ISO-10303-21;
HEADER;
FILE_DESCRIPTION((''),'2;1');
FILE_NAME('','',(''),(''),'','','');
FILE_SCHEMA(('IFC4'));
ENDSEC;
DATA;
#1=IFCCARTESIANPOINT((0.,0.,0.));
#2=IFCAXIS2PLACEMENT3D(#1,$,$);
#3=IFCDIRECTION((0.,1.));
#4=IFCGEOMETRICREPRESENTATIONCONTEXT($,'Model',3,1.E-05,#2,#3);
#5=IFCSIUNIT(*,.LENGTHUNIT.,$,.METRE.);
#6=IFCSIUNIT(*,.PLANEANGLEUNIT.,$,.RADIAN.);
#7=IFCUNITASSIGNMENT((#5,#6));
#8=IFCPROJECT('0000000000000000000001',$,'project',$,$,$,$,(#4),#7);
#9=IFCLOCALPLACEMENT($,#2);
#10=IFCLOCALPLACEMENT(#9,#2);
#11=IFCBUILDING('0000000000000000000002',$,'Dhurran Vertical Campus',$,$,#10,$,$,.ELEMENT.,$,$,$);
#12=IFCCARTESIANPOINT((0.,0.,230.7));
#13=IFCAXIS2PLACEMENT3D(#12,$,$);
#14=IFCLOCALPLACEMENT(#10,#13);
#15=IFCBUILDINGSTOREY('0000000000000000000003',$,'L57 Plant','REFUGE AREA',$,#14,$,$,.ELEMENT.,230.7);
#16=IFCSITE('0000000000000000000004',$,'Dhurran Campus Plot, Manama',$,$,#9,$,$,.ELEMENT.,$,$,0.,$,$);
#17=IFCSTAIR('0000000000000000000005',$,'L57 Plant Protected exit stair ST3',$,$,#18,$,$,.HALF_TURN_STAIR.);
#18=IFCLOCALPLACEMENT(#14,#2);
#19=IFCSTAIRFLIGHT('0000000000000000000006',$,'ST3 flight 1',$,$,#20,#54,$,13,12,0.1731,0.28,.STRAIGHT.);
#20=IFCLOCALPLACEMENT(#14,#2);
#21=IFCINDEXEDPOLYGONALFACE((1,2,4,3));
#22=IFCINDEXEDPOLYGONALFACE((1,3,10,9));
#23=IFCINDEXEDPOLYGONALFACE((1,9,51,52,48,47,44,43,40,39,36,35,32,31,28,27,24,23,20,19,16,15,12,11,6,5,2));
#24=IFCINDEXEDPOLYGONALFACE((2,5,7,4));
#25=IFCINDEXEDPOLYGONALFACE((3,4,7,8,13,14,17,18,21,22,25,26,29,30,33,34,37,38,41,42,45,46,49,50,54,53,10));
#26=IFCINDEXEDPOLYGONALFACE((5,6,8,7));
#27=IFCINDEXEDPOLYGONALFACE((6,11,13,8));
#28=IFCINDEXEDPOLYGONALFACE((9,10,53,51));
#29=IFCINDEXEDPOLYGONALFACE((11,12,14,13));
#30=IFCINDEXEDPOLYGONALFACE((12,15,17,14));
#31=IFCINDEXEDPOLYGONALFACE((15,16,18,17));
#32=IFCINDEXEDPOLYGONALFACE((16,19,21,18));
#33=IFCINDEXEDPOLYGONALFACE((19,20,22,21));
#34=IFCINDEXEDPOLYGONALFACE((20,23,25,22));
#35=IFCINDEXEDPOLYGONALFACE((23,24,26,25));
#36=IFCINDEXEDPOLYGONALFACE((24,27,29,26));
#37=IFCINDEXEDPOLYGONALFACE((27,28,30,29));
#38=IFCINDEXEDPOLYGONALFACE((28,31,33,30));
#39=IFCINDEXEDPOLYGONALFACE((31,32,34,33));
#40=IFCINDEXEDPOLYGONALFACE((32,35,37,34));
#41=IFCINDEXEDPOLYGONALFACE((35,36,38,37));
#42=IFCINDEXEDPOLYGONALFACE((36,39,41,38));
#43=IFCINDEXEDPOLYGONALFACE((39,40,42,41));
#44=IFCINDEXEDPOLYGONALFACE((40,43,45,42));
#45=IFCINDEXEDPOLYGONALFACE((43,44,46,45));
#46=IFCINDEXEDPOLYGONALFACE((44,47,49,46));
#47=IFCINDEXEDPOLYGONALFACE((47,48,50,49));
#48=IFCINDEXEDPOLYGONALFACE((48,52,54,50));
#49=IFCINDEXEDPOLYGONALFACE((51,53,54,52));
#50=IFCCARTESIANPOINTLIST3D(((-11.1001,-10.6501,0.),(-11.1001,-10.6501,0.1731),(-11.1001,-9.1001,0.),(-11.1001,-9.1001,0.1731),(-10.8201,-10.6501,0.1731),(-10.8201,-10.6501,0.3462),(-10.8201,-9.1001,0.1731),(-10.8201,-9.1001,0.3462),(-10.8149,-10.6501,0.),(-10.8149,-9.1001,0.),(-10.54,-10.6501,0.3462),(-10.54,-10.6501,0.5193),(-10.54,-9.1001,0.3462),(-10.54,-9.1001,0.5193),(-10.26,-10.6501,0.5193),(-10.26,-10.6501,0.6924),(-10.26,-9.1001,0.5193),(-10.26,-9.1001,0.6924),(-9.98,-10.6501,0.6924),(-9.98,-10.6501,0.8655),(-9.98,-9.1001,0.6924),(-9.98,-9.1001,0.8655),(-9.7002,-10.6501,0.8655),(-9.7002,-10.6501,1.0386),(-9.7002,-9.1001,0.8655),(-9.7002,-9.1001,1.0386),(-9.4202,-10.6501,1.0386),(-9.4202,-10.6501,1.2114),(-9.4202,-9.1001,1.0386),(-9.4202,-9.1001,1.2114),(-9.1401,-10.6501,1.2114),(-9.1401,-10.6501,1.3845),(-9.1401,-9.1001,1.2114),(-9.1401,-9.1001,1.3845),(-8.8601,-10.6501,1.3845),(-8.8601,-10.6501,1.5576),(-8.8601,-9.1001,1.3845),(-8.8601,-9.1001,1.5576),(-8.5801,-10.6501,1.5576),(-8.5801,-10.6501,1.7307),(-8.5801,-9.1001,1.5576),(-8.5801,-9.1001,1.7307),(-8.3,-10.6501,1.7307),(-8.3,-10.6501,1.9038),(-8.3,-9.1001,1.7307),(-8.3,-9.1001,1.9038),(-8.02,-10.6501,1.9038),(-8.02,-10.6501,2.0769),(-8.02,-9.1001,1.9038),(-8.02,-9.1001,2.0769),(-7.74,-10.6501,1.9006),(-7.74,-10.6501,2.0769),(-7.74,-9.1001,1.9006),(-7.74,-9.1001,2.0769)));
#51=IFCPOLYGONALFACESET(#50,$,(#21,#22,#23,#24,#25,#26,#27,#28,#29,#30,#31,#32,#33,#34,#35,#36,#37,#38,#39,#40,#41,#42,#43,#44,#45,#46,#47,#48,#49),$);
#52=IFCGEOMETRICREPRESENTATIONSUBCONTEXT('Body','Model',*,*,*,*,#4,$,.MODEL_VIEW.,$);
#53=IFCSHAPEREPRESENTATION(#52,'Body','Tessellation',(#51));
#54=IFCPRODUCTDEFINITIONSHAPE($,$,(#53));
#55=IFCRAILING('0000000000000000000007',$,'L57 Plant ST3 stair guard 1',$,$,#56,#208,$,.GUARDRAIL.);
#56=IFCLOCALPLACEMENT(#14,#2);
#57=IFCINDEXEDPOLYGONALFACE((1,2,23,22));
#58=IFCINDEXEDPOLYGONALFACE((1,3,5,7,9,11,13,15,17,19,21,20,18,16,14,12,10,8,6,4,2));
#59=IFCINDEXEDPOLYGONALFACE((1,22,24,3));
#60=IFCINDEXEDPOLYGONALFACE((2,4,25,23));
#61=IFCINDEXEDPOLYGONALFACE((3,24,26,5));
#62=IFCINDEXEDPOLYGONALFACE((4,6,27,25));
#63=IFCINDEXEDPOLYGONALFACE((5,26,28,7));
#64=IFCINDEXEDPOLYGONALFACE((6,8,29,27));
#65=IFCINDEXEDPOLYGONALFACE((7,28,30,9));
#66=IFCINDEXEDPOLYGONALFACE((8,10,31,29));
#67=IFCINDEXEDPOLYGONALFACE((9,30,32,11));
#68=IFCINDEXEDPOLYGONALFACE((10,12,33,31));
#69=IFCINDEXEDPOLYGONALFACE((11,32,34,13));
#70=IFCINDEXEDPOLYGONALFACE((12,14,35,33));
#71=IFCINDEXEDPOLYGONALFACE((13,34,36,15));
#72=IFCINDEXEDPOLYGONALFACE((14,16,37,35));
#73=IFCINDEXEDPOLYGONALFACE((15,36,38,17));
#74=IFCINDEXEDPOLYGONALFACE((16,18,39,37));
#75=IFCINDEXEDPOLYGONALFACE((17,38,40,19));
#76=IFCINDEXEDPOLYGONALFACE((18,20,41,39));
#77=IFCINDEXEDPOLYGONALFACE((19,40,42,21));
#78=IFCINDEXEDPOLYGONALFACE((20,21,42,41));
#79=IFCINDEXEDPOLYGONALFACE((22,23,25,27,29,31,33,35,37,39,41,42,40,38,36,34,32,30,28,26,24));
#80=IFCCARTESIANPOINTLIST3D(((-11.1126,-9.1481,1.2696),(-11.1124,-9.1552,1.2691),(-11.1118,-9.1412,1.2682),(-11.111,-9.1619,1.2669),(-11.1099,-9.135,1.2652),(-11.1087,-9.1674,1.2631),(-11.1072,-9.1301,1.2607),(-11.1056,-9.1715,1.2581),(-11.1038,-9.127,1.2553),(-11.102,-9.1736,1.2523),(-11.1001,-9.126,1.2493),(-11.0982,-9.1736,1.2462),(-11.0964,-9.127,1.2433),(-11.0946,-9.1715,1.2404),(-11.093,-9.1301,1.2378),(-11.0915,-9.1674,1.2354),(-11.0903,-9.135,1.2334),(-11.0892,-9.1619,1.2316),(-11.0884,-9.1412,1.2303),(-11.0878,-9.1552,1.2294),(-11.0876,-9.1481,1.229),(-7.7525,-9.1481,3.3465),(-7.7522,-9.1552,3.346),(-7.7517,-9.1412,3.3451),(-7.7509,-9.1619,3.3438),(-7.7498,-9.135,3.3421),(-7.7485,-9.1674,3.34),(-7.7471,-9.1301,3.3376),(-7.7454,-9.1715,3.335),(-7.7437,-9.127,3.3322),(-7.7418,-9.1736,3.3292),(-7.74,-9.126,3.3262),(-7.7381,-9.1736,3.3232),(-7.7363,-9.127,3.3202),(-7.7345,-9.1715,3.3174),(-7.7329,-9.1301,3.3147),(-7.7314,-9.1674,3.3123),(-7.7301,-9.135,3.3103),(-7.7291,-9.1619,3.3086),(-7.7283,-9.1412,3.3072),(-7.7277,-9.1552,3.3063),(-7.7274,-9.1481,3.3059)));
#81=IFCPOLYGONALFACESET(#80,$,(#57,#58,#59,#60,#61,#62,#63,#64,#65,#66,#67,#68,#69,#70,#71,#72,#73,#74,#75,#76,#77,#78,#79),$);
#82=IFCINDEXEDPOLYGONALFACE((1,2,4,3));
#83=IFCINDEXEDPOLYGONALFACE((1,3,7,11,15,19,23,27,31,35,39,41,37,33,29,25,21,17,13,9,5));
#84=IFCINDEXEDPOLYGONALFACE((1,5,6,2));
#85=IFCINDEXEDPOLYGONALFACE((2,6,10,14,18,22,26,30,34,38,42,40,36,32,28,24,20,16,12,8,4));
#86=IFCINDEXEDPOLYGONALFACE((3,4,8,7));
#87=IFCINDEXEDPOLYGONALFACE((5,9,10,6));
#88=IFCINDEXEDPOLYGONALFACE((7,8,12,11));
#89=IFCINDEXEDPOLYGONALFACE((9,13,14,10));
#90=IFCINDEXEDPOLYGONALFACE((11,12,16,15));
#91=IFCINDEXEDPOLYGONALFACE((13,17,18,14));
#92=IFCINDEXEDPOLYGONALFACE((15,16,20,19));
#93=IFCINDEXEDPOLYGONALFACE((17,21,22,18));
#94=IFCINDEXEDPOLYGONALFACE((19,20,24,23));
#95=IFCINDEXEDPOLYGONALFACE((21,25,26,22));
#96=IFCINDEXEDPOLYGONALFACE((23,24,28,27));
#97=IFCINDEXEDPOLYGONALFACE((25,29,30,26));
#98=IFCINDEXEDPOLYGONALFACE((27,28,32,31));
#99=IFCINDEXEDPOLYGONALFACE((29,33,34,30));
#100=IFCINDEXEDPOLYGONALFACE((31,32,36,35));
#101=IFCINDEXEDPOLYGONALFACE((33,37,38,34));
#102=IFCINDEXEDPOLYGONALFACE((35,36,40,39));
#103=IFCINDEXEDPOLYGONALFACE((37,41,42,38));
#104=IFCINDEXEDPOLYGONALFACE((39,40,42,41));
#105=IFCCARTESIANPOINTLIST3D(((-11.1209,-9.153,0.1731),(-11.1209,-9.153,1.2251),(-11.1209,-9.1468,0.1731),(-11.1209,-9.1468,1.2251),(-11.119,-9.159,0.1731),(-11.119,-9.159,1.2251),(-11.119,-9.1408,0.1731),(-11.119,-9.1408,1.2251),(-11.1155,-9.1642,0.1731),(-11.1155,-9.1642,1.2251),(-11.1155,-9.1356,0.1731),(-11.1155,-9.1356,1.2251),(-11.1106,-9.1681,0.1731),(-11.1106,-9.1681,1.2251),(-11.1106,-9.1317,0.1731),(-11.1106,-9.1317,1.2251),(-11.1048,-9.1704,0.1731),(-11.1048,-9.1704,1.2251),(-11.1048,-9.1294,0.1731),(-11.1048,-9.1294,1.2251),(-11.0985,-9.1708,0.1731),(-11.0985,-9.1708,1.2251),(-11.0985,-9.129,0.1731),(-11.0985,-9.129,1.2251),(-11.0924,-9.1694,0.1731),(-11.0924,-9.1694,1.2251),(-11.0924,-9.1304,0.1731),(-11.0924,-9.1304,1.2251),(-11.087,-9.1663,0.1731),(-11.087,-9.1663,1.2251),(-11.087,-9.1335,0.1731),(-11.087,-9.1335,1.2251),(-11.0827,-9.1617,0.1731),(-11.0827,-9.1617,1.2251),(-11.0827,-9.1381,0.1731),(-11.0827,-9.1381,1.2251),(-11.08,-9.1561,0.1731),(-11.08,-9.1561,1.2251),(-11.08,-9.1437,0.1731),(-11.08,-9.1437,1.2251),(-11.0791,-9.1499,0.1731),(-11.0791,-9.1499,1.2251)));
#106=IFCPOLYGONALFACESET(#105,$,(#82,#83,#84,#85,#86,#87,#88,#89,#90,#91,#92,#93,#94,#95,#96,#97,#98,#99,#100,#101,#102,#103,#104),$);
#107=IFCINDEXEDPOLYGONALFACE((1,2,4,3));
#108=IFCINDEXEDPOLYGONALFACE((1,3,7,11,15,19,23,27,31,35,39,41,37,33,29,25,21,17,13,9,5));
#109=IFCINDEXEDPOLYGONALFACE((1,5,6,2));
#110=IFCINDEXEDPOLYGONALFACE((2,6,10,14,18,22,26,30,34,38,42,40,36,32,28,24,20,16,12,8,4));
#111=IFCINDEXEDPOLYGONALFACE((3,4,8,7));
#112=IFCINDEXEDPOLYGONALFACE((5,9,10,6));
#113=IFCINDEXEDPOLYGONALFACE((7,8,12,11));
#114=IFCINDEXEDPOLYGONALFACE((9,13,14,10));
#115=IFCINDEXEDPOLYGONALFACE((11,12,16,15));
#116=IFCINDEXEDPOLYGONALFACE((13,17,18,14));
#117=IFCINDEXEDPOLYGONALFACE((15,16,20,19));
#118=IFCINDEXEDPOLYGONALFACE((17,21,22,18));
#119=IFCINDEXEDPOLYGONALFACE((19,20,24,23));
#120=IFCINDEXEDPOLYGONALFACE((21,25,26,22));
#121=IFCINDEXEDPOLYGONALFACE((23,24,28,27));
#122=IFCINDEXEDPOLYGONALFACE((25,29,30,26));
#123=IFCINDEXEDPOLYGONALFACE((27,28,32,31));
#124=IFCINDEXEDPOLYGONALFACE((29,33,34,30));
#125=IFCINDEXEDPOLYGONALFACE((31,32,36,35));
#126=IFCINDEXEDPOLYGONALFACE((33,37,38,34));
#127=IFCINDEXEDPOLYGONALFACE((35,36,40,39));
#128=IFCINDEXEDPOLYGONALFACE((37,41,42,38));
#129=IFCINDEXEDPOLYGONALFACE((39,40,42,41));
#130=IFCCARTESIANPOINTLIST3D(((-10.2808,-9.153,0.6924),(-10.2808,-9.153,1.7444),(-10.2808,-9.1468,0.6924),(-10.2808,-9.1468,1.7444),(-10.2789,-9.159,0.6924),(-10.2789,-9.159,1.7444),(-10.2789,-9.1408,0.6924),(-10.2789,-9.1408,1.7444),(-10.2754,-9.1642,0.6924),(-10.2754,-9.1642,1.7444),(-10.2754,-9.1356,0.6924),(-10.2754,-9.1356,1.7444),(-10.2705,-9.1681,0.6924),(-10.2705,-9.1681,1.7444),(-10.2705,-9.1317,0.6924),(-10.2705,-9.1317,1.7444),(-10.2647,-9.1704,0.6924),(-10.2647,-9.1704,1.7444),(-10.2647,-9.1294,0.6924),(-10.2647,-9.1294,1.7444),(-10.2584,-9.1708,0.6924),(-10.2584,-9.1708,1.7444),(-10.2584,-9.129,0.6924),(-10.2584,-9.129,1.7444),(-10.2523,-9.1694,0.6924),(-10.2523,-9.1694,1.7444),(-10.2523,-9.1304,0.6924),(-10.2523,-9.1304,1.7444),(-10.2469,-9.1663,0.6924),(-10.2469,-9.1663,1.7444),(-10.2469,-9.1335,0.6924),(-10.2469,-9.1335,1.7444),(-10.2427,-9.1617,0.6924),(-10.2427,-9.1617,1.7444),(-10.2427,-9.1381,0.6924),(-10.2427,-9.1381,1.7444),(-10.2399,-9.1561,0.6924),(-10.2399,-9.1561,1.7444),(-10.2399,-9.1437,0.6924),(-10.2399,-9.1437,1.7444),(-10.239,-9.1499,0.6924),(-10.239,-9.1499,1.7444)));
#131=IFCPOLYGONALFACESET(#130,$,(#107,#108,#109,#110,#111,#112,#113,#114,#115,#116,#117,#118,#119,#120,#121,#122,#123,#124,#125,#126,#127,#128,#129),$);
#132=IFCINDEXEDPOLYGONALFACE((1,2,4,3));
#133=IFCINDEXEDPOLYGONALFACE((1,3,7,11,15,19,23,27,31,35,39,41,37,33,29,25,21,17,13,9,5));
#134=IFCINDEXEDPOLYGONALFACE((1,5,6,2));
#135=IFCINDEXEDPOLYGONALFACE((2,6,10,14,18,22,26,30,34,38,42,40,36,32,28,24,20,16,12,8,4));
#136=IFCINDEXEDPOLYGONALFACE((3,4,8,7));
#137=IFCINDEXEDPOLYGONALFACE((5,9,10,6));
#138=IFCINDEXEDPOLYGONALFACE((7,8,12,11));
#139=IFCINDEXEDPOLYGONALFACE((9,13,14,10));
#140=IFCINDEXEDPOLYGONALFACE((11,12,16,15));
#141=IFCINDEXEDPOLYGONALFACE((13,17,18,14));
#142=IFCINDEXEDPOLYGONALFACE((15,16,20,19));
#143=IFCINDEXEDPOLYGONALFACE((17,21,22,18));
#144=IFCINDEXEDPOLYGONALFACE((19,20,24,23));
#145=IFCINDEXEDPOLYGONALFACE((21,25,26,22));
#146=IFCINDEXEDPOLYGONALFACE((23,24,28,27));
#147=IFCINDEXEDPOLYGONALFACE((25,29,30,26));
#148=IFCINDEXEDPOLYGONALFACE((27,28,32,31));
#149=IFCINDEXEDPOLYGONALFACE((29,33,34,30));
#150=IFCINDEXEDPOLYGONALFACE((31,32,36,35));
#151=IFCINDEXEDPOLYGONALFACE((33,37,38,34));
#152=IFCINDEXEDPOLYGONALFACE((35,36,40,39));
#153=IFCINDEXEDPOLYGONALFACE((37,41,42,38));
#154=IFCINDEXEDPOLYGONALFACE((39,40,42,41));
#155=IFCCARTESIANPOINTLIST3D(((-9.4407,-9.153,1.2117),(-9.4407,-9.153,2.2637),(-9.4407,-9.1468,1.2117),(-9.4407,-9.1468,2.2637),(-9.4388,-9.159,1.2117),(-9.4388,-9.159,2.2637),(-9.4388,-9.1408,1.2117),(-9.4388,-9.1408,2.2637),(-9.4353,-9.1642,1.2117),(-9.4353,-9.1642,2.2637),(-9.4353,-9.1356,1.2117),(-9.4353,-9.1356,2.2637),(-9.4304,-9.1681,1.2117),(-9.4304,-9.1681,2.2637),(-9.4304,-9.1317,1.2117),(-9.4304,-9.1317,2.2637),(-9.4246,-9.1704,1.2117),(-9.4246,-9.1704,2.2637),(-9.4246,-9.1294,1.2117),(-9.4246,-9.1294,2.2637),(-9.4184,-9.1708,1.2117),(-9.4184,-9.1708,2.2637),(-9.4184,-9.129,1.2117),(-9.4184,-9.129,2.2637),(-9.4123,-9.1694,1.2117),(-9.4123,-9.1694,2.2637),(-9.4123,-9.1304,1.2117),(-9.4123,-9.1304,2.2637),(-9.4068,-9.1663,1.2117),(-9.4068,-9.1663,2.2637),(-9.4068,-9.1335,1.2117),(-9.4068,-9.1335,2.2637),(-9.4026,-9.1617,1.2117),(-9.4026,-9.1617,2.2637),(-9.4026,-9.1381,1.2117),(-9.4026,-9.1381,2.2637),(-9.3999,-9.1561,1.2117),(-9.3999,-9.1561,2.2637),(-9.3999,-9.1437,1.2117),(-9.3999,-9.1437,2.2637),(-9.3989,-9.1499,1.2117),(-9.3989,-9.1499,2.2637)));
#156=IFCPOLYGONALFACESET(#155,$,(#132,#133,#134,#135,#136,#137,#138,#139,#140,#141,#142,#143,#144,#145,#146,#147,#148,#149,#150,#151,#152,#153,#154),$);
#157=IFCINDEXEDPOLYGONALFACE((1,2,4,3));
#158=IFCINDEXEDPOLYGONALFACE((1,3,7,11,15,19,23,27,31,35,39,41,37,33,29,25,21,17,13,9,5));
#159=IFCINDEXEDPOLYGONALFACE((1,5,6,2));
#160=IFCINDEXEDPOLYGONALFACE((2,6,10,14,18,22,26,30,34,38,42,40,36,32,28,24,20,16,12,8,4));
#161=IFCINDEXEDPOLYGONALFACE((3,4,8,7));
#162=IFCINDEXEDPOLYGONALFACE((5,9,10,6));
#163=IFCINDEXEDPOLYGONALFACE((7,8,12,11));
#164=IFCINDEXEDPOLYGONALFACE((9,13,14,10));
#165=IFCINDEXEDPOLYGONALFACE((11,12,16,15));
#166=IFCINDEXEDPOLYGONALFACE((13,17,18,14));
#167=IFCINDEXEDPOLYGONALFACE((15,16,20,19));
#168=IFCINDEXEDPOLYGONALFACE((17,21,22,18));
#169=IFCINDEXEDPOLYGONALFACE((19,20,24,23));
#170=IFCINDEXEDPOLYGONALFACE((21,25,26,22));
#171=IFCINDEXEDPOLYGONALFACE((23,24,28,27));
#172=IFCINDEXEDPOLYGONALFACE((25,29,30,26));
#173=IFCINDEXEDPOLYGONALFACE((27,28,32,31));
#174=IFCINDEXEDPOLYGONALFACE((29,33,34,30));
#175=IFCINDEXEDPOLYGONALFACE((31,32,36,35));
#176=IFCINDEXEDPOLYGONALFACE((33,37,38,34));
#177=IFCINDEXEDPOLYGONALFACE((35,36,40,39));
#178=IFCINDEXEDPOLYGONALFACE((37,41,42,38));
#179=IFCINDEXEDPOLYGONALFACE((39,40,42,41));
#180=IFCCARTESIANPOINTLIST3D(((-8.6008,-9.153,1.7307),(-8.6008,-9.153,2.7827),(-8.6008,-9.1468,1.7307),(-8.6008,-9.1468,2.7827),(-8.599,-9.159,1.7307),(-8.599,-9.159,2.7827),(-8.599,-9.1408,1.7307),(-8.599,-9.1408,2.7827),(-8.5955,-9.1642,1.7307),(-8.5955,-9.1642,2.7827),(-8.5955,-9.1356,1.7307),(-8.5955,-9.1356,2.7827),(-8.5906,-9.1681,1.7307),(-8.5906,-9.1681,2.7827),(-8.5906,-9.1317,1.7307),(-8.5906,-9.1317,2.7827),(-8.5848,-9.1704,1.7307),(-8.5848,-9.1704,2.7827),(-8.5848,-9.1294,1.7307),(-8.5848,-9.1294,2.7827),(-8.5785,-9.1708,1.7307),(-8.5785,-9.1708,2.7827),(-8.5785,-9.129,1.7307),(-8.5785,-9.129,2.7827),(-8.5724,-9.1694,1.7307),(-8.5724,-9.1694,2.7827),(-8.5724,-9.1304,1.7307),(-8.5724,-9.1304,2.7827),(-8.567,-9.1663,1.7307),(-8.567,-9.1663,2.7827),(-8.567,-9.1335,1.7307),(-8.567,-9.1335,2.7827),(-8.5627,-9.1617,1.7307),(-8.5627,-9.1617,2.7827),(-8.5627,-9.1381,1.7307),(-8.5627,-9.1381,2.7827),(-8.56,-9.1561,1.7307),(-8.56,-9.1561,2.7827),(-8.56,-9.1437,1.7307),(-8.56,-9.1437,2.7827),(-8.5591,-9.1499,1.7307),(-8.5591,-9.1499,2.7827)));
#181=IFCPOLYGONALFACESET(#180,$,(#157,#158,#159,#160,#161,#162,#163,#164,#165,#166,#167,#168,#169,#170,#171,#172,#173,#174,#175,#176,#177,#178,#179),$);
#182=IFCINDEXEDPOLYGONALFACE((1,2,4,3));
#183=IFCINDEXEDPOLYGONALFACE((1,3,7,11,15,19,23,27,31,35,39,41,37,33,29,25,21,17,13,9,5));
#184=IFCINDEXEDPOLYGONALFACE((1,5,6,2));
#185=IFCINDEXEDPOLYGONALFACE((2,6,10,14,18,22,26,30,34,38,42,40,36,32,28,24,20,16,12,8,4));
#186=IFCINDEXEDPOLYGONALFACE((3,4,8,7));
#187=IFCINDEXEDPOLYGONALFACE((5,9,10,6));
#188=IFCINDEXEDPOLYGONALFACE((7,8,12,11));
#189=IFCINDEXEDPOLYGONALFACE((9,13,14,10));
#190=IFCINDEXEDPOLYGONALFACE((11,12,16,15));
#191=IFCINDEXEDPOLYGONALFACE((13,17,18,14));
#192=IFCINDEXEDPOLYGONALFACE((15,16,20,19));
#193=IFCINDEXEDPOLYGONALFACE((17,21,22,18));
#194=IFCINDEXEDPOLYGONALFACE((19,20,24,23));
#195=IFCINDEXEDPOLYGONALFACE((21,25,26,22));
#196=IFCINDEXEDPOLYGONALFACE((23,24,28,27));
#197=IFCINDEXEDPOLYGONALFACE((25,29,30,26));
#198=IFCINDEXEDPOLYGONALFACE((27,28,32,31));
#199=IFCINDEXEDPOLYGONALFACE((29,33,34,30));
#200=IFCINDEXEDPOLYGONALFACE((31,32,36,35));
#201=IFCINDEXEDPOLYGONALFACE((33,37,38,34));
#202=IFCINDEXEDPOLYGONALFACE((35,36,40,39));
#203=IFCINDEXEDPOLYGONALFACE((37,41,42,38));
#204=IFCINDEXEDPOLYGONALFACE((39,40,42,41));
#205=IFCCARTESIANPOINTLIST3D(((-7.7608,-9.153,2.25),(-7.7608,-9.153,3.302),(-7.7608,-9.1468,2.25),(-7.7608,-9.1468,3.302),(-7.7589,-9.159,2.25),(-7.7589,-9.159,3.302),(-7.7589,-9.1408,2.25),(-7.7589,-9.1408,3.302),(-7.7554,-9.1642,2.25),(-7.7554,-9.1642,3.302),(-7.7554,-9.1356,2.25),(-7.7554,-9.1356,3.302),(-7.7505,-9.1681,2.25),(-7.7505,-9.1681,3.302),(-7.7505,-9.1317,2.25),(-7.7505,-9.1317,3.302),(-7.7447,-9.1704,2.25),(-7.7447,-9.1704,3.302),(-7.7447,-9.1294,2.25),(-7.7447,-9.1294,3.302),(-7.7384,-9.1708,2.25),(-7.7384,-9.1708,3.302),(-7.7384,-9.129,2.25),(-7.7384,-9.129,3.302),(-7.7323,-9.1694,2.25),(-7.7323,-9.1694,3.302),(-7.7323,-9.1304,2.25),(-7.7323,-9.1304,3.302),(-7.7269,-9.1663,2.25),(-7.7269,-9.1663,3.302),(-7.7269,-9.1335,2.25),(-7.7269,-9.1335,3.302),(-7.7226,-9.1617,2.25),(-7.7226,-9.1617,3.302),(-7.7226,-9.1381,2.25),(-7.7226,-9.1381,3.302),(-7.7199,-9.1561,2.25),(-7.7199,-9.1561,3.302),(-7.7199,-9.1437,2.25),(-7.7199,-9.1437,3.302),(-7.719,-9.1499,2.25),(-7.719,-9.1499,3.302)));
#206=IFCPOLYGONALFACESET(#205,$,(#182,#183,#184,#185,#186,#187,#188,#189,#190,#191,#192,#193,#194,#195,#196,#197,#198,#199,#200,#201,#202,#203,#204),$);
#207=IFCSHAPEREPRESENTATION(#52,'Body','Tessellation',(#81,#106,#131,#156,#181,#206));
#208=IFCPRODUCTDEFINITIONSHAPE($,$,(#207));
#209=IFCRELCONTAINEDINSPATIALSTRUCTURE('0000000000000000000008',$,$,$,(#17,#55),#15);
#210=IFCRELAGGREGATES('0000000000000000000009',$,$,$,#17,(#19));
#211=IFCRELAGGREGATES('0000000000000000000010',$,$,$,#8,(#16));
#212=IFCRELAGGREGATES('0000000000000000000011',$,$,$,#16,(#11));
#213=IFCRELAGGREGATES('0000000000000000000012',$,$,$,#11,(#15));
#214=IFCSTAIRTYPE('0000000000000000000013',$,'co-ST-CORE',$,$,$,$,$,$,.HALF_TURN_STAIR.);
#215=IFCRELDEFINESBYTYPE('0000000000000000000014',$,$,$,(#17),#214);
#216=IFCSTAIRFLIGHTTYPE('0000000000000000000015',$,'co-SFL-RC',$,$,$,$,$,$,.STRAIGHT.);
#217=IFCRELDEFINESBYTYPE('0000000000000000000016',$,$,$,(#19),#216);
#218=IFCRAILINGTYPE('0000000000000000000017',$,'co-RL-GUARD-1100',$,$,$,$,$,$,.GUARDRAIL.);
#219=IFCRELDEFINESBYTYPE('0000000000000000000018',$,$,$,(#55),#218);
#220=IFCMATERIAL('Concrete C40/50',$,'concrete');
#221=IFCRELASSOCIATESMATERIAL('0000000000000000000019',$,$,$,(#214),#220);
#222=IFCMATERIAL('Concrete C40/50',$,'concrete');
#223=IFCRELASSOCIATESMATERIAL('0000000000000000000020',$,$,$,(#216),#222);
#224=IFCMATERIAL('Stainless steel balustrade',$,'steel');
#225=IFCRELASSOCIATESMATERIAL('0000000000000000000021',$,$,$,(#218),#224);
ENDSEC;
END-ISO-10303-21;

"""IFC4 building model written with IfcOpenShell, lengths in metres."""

from ifc_helpers import new_model, si_unit, direction, frame, origin, origin_2d, place, context, subcontext, project, spatial, polyline, circle, outline, extrude, material, type_object, element, aggregate, save


model = new_model("IFC4")

# Units and contexts
model_context = context("Model", 3, precision=1e-05, world=origin(), true_north=direction((0.0, 1.0)))
body_context = subcontext(model_context, "Body", "Model", "MODEL_VIEW")
ifc_project = project(units=[si_unit("LENGTHUNIT", "METRE"), si_unit("PLANEANGLEUNIT", "RADIAN")], contexts=[model_context])

# Site, building, storey
site_placement = place(None, origin())
site = spatial("IfcSite", under=ifc_project, at=site_placement, Name="Dhurran Campus Plot, Manama", CompositionType="ELEMENT", RefElevation=0.0)
building_placement = place(site_placement, origin())
building = spatial("IfcBuilding", under=site, at=building_placement, Name="Dhurran Vertical Campus", CompositionType="ELEMENT")
storey_placement = place(building_placement, frame((0.0, 0.0, 230.7)))
storey = spatial("IfcBuildingStorey", under=building, at=storey_placement, Name="L57 Plant", Description="REFUGE AREA", CompositionType="ELEMENT", Elevation=230.7)

# Stair, stair flight
ifc_material_1 = material(Name="Concrete C40/50", Category="concrete")
stair_type = type_object("IfcStairType", Name="co-ST-CORE", PredefinedType="HALF_TURN_STAIR", material=ifc_material_1)
stair_placement = place(storey_placement, origin())
stair = element("IfcStair", 1, at=stair_placement, inside=storey, type_object=stair_type, Name="L57 Plant Protected exit stair ST3", PredefinedType="HALF_TURN_STAIR")
ifc_material_2 = material(Name="Concrete C40/50", Category="concrete")
stair_flight_type = type_object("IfcStairFlightType", Name="co-SFL-RC", PredefinedType="STRAIGHT", material=ifc_material_2)
stair_flight_placement = place(storey_placement, frame((-11.1001, -9.875, 0.0), z_axis=(0.0, 0.0, 1.0), x_axis=(1.0, 0.0, 0.0)))
stair_flight = element("IfcStairFlight", 2, at=stair_flight_placement, type_object=stair_flight_type, Name="ST3 flight 1", NumberOfRisers=13, NumberOfTreads=12, PredefinedType="STRAIGHT", RiserHeight=0.1731, TreadLength=0.28, context=body_context, shape_type="SweptSolid", body=[
    extrude(outline(polyline([(0.0, 0.0), (0.0, 0.1731), (0.28, 0.1731), (0.28, 0.3462), (0.5601, 0.3462), (0.5601, 0.5193), (0.8401, 0.5193), (0.8401, 0.6924), (1.1201, 0.6924), (1.1201, 0.8655), (1.3999, 0.8655), (1.3999, 1.0386), (1.6799, 1.0386), (1.6799, 1.2114), (1.96, 1.2114), (1.96, 1.3845), (2.24, 1.3845), (2.24, 1.5576), (2.52, 1.5576), (2.52, 1.7307), (2.8, 1.7307), (2.8, 1.9038), (3.0801, 1.9038), (3.0801, 2.0769), (3.3601, 2.0769), (3.3601, 2.25), (3.3601, 1.9006), (0.2852, 0.0), (0.0, 0.0)])), frame((0.0, 0.7749, 0.0), z_axis=(0.0, -1.0, 0.0), x_axis=(1.0, 0.0, 0.0)), (0.0, 0.0, 1.0), 1.55),
])
aggregate(stair, [stair_flight])

# Railing
ifc_material_3 = material(Name="Stainless steel balustrade", Category="steel")
railing_type = type_object("IfcRailingType", Name="co-RL-GUARD-1100", PredefinedType="GUARDRAIL", material=ifc_material_3)
railing_1_placement = place(storey_placement, frame((-11.1001, -9.1499, 0.1731)))
element("IfcRailing", 3, at=railing_1_placement, inside=storey, type_object=railing_type, Name="L57 Plant ST3 stair guard 1", PredefinedType="GUARDRAIL", context=body_context, shape_type="SweptSolid", body=[
    extrude(circle(Radius=0.0239, at=origin_2d()), frame((0.0, 0.0, 1.0762), z_axis=(0.850623, 0.0, 0.525776), x_axis=(0.0, 1.0, 0.0)), (0.0, 0.0, 1.0), 3.9502),
    extrude(circle(Radius=0.021, at=origin_2d()), origin(), (0.0, 0.0, 1.0), 1.052),
    extrude(circle(Radius=0.021, at=origin_2d()), frame((0.8401, 0.0, 0.5193)), (0.0, 0.0, 1.0), 1.052),
    extrude(circle(Radius=0.021, at=origin_2d()), frame((1.6802, 0.0, 1.0386)), (0.0, 0.0, 1.0), 1.052),
    extrude(circle(Radius=0.021, at=origin_2d()), frame((2.52, 0.0, 1.5576)), (0.0, 0.0, 1.0), 1.052),
    extrude(circle(Radius=0.021, at=origin_2d()), frame((3.3601, 0.0, 2.0769)), (0.0, 0.0, 1.0), 1.052),
])

save(model, "model.ifc")
